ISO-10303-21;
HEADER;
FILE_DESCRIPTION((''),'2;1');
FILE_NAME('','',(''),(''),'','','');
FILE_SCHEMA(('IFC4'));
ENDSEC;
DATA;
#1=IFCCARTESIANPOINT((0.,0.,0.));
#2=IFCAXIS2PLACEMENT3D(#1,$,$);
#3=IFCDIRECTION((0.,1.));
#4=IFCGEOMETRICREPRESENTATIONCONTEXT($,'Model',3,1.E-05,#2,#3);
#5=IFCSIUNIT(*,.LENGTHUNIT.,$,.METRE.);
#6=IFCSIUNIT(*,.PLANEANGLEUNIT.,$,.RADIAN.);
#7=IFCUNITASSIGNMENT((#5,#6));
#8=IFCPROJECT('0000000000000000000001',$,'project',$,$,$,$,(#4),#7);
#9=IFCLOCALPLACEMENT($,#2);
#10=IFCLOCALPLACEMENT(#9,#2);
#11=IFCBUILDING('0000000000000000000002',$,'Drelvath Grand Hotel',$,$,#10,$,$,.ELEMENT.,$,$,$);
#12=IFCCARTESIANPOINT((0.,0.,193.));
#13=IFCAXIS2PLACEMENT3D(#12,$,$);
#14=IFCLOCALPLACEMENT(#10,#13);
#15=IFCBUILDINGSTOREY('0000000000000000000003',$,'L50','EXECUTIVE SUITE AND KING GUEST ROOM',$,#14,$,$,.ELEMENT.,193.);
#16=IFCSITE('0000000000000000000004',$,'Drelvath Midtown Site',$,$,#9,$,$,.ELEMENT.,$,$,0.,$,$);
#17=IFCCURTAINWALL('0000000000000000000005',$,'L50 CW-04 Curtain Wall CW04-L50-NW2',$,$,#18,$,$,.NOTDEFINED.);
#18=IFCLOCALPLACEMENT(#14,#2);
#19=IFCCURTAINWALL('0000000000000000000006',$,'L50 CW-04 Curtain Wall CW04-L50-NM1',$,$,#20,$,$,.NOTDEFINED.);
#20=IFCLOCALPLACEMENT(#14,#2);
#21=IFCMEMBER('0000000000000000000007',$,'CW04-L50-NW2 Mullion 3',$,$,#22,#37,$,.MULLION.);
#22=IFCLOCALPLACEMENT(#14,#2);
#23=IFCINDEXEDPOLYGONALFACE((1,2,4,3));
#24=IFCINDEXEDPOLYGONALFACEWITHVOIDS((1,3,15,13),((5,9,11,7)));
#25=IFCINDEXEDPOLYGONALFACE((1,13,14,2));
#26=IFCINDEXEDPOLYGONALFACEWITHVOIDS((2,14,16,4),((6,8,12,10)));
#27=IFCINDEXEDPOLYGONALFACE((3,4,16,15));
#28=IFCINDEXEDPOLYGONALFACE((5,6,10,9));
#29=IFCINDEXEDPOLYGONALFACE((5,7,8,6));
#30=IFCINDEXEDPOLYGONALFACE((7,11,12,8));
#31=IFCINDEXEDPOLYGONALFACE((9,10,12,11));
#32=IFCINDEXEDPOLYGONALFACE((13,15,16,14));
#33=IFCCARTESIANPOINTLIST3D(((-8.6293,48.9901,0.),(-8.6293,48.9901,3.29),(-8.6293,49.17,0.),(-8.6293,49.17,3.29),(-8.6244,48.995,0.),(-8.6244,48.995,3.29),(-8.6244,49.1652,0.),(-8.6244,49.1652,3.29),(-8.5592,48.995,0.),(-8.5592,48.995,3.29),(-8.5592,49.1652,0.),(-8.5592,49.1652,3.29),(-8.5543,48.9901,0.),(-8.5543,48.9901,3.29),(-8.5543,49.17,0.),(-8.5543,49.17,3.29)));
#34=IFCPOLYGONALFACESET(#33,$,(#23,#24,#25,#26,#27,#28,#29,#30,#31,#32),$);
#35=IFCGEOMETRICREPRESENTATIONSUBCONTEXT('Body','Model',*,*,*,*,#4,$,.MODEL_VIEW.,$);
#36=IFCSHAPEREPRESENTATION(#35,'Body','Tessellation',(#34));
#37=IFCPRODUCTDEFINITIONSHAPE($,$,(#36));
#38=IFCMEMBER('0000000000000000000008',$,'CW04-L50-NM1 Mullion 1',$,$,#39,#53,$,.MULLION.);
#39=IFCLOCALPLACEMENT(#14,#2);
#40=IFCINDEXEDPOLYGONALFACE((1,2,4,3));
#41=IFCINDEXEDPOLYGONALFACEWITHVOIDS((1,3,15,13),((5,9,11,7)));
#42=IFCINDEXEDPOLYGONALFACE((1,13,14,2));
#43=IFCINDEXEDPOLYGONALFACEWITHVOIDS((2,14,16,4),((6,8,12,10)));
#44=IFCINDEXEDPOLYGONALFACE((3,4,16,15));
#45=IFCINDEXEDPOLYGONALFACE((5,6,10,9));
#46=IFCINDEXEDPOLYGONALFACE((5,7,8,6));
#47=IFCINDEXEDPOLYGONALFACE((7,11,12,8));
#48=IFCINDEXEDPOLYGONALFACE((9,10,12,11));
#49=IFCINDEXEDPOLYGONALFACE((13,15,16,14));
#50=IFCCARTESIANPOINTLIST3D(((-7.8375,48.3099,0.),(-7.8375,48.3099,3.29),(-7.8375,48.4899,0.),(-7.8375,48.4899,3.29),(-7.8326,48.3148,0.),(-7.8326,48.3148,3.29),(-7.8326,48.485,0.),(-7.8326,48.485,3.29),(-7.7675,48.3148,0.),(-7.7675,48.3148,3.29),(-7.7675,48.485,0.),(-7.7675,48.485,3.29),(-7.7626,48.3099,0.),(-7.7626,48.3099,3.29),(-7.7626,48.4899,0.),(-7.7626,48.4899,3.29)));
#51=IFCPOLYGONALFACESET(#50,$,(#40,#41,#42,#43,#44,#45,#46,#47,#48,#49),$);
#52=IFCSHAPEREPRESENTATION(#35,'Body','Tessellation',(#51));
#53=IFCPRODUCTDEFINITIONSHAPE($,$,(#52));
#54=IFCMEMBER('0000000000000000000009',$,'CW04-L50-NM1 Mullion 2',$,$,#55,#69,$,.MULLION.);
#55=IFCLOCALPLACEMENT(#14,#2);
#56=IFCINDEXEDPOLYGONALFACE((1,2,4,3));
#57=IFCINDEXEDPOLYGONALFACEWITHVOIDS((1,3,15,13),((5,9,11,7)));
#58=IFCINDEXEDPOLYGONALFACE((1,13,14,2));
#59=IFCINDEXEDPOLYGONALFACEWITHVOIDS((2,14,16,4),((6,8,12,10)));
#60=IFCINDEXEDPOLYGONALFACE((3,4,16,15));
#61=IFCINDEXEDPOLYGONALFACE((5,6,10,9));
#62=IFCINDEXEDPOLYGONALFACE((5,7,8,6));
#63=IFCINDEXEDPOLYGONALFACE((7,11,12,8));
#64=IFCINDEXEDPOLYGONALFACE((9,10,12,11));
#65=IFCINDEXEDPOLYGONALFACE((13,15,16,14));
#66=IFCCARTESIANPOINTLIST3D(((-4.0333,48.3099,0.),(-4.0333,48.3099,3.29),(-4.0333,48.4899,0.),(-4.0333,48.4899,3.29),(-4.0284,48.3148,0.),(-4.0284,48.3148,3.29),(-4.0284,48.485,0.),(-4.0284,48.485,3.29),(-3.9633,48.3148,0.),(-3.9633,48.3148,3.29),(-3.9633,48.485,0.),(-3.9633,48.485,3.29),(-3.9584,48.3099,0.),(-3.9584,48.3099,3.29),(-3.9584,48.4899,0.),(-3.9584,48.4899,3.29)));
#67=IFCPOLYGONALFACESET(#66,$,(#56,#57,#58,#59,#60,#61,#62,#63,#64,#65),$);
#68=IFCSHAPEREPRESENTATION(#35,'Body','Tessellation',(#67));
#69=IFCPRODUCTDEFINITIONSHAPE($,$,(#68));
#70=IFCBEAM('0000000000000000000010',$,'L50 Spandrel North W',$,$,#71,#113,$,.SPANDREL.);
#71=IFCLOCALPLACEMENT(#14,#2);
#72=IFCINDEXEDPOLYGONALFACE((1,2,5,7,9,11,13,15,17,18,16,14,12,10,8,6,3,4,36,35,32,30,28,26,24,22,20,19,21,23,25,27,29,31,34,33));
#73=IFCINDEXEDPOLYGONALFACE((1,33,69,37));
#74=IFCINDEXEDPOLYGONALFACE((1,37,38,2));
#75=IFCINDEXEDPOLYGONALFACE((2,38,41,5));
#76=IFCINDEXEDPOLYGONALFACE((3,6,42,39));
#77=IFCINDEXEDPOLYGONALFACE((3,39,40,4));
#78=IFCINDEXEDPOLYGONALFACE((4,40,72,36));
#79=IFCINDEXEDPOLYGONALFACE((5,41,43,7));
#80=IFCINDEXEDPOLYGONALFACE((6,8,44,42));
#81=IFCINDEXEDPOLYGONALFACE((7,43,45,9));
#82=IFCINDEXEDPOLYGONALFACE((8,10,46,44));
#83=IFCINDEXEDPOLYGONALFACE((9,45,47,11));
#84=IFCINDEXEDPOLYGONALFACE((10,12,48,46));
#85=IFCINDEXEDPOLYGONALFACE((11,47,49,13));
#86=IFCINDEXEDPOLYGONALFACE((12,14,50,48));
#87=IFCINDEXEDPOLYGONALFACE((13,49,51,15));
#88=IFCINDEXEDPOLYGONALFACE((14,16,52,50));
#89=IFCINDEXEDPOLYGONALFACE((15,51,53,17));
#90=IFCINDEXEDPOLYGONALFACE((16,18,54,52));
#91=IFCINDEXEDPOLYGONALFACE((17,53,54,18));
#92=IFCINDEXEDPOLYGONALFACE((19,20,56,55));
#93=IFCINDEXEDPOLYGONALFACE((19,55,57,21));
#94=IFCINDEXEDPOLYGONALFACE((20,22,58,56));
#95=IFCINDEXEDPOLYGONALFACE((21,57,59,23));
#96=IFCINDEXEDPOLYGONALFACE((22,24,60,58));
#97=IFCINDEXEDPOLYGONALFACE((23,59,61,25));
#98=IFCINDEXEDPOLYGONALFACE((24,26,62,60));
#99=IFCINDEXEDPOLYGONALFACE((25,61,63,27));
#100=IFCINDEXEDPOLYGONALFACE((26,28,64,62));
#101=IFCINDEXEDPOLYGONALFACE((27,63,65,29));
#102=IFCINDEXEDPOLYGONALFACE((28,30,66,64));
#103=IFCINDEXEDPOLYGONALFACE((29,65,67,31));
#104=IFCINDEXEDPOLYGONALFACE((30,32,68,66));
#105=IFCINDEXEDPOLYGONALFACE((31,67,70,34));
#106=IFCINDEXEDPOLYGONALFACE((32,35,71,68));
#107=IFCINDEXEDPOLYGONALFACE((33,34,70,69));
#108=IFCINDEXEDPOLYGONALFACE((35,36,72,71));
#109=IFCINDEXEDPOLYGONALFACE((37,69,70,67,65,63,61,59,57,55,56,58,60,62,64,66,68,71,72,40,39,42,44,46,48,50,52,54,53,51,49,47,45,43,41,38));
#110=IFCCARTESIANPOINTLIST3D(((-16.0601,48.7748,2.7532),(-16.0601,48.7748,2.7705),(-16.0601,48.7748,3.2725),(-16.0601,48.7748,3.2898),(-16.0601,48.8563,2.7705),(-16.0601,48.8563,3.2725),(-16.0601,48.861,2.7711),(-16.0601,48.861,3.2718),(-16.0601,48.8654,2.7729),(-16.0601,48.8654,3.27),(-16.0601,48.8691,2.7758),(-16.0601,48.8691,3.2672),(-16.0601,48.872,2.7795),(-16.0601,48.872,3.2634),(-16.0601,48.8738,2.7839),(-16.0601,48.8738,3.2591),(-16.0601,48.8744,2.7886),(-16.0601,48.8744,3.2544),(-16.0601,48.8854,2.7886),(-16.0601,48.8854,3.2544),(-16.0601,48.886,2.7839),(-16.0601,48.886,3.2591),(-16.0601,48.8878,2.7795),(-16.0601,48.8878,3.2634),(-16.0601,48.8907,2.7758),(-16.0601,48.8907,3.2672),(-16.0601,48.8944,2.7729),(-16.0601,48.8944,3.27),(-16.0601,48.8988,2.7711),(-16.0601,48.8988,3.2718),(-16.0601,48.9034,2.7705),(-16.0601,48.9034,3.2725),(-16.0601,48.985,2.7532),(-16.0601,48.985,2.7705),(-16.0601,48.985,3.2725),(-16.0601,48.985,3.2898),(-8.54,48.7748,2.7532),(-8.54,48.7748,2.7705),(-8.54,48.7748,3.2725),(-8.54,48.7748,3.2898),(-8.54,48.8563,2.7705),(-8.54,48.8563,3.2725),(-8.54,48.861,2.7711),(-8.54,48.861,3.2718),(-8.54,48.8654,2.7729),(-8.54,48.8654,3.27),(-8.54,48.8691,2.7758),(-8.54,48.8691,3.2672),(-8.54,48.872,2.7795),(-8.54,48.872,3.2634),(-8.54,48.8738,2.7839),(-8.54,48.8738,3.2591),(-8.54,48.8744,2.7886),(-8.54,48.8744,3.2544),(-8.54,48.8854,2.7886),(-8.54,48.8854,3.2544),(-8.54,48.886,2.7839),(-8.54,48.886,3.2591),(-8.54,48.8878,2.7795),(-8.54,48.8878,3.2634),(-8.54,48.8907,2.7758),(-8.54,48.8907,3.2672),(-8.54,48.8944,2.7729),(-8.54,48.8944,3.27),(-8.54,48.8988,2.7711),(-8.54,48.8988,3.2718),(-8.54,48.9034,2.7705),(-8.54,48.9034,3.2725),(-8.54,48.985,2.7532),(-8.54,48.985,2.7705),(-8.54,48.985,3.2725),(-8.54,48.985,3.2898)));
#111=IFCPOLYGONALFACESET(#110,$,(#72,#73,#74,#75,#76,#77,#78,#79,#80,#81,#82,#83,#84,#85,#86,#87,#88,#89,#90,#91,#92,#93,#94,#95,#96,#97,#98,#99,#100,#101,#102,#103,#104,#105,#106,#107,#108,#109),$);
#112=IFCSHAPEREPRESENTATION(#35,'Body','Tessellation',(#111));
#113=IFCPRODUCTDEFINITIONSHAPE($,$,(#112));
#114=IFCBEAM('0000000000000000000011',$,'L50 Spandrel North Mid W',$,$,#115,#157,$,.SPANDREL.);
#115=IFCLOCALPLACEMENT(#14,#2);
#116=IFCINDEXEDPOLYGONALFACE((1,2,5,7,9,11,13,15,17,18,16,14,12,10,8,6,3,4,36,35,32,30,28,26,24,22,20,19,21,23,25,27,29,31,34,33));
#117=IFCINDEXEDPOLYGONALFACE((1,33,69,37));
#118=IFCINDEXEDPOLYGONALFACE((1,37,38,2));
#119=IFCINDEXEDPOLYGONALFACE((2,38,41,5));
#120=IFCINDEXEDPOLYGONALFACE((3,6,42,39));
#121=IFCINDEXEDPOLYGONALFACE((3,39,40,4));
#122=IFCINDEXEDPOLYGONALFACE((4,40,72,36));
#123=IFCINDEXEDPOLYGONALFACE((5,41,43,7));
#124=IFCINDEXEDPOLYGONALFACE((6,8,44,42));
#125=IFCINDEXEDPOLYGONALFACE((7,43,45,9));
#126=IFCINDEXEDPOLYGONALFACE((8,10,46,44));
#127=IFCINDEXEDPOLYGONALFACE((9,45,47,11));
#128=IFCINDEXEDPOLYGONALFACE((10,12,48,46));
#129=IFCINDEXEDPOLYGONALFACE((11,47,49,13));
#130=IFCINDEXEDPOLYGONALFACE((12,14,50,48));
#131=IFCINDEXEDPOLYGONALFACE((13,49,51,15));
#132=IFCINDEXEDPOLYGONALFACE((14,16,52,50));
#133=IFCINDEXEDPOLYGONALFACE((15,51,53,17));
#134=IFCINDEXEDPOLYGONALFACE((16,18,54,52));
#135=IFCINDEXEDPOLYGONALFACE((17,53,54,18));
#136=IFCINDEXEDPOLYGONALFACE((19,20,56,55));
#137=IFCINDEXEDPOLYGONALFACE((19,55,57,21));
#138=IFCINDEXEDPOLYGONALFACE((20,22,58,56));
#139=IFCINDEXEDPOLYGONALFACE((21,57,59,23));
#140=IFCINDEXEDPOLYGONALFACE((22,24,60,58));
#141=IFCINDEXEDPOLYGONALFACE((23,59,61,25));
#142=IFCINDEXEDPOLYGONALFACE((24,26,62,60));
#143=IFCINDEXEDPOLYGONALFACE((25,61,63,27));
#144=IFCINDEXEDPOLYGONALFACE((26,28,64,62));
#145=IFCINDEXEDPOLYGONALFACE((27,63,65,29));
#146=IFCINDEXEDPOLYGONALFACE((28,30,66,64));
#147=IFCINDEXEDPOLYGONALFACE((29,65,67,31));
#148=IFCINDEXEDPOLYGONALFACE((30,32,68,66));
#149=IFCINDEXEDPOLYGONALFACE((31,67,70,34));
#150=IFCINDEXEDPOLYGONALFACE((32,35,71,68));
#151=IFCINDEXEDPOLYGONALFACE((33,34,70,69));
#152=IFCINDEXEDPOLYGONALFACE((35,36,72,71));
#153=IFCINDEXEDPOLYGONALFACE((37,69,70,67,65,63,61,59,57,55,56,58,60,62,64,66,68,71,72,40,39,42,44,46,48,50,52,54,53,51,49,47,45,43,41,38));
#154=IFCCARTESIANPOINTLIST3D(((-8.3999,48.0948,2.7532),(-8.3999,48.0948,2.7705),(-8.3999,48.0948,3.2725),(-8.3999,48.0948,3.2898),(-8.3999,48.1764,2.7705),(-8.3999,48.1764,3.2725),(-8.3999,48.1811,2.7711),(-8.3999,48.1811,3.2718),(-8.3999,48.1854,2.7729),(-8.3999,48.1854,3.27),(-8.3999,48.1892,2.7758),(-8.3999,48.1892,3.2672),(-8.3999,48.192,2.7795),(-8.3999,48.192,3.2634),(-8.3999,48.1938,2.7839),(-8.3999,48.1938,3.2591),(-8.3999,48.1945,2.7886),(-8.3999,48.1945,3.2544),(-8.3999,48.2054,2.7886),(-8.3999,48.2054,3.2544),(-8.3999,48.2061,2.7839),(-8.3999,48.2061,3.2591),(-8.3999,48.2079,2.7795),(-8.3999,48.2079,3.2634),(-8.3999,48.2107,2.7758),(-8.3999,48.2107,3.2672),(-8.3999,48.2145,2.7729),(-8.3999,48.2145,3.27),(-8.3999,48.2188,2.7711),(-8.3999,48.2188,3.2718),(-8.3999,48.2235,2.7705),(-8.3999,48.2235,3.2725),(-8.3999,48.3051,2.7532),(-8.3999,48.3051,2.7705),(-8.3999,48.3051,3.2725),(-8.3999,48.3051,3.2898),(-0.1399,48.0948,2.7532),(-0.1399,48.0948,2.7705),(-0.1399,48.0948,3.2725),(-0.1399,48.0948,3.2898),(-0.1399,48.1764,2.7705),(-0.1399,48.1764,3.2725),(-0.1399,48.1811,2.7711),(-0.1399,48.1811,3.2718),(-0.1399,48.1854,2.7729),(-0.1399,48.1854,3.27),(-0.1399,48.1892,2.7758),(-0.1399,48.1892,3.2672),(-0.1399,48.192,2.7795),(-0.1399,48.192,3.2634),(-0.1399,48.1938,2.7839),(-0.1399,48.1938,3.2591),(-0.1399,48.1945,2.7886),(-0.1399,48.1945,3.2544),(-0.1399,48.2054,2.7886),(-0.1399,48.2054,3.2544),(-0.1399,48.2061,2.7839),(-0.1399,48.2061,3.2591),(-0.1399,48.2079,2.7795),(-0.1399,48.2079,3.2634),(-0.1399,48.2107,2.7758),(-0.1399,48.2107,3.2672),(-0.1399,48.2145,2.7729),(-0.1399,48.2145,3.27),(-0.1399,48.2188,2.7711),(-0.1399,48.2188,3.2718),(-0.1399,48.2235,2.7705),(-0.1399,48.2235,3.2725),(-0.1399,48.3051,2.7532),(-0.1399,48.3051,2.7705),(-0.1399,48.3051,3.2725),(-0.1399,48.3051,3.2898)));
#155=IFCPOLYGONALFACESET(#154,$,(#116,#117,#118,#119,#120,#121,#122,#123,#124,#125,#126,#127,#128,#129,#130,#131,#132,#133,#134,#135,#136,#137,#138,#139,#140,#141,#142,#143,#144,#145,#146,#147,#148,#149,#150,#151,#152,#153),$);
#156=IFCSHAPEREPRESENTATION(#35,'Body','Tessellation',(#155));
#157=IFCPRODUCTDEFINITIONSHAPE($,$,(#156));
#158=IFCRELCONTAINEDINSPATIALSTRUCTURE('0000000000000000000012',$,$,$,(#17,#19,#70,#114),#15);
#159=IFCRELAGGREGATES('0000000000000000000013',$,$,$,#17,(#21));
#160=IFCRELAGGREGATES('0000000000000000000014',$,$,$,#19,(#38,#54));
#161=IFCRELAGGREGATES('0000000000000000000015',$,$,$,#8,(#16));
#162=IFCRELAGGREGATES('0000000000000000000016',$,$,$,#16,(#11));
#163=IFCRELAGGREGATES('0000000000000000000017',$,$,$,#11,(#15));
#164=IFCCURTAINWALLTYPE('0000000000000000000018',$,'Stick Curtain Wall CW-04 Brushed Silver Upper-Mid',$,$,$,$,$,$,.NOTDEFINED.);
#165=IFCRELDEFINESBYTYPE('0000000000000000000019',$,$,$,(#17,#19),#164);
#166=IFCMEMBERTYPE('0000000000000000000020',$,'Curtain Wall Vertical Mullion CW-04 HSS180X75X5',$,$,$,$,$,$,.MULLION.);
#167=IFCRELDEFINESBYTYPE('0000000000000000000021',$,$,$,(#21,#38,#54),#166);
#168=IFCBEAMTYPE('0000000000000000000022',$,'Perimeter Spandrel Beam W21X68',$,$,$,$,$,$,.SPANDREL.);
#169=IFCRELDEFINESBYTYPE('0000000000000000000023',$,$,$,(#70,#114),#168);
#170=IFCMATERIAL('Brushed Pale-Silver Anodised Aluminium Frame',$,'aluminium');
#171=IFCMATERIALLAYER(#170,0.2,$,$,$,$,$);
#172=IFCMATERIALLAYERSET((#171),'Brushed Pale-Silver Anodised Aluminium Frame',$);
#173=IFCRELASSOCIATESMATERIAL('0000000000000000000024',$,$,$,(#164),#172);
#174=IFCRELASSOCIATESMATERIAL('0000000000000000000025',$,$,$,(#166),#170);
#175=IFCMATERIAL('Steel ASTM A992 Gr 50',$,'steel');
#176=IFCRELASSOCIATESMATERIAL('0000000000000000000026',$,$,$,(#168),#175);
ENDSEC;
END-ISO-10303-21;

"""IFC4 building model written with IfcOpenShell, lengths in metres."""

from ifc_helpers import new_model, si_unit, direction, frame, origin, origin_2d, place, context, subcontext, project, spatial, hollow_rectangle, i_section, extrude, material, layer, layer_set, material_profile, profile_set, type_object, element, aggregate, save


model = new_model("IFC4")

# Units and contexts
model_context = context("Model", 3, precision=1e-05, world=origin(), true_north=direction((0.0, 1.0)))
body_context = subcontext(model_context, "Body", "Model", "MODEL_VIEW")
ifc_project = project(units=[si_unit("LENGTHUNIT", "METRE"), si_unit("PLANEANGLEUNIT", "RADIAN")], contexts=[model_context])

# Site, building, storey
site_placement = place(None, origin())
site = spatial("IfcSite", under=ifc_project, at=site_placement, Name="Drelvath Midtown Site", CompositionType="ELEMENT", RefElevation=0.0)
building_placement = place(site_placement, origin())
building = spatial("IfcBuilding", under=site, at=building_placement, Name="Drelvath Grand Hotel", CompositionType="ELEMENT")
storey_placement = place(building_placement, frame((0.0, 0.0, 193.0)))
storey = spatial("IfcBuildingStorey", under=building, at=storey_placement, Name="L50", Description="EXECUTIVE SUITE AND KING GUEST ROOM", CompositionType="ELEMENT", Elevation=193.0)

# Curtain walls
ifc_material_1 = material(Name="Brushed Pale-Silver Anodised Aluminium Frame", Category="aluminium")
ifc_layer_1 = layer(ifc_material_1, 0.2)
ifc_layer_set_1 = layer_set([ifc_layer_1], Name="Brushed Pale-Silver Anodised Aluminium Frame")
curtain_wall_type = type_object("IfcCurtainWallType", Name="Stick Curtain Wall CW-04 Brushed Silver Upper-Mid", PredefinedType="NOTDEFINED", material=ifc_layer_set_1)
curtain_wall_1_placement = place(storey_placement, origin())
curtain_wall_1 = element("IfcCurtainWall", 1, at=curtain_wall_1_placement, inside=storey, type_object=curtain_wall_type, Name="L50 CW-04 Curtain Wall CW04-L50-NW2", PredefinedType="NOTDEFINED")
curtain_wall_2_placement = place(storey_placement, origin())
curtain_wall_2 = element("IfcCurtainWall", 2, at=curtain_wall_2_placement, inside=storey, type_object=curtain_wall_type, Name="L50 CW-04 Curtain Wall CW04-L50-NM1", PredefinedType="NOTDEFINED")

# Members
ifc_material_profile_1 = material_profile(ifc_material_1, hollow_rectangle(XDim=0.075, YDim=0.1799, WallThickness=0.0049, at=origin_2d()), Name="HSS180X75X5")
ifc_profile_set_1 = profile_set([ifc_material_profile_1], Name="Brushed Pale-Silver Anodised Aluminium Frame")
member_type_1 = type_object("IfcMemberType", Name="Curtain Wall Vertical Mullion CW-04 HSS180X75X5", PredefinedType="MULLION", material=ifc_profile_set_1)
member_1_placement = place(storey_placement, frame((-8.5918, 49.0801, 0.0), z_axis=(0.0, 0.0, 1.0), x_axis=(1.0, 0.0, 0.0)))
member_1 = element("IfcMember", 3, at=member_1_placement, type_object=member_type_1, Name="CW04-L50-NW2 Mullion 3", PredefinedType="MULLION", context=body_context, shape_type="SweptSolid", body=[
    extrude(hollow_rectangle(XDim=0.075, YDim=0.1799, WallThickness=0.0049, at=origin_2d()), origin(), (0.0, 0.0, 1.0), 3.29),
])
member_2_placement = place(storey_placement, frame((-7.8, 48.3999, 0.0), z_axis=(0.0, 0.0, 1.0), x_axis=(1.0, 0.0, 0.0)))
member_2 = element("IfcMember", 4, at=member_2_placement, type_object=member_type_1, Name="CW04-L50-NM1 Mullion 1", PredefinedType="MULLION", context=body_context, shape_type="SweptSolid", body=[
    extrude(hollow_rectangle(XDim=0.075, YDim=0.1799, WallThickness=0.0049, at=origin_2d()), origin(), (0.0, 0.0, 1.0), 3.29),
])
member_3_placement = place(storey_placement, frame((-3.9958, 48.3999, 0.0), z_axis=(0.0, 0.0, 1.0), x_axis=(1.0, 0.0, 0.0)))
member_3 = element("IfcMember", 5, at=member_3_placement, type_object=member_type_1, Name="CW04-L50-NM1 Mullion 2", PredefinedType="MULLION", context=body_context, shape_type="SweptSolid", body=[
    extrude(hollow_rectangle(XDim=0.075, YDim=0.1799, WallThickness=0.0049, at=origin_2d()), origin(), (0.0, 0.0, 1.0), 3.29),
])

# Beams
ifc_material_2 = material(Name="Steel ASTM A992 Gr 50", Category="steel")
ifc_material_profile_2 = material_profile(ifc_material_2, i_section(OverallWidth=0.2102, OverallDepth=0.5366, WebThickness=0.011, FlangeThickness=0.0173, FilletRadius=0.0181, at=origin_2d()), Name="W21X68")
ifc_profile_set_2 = profile_set([ifc_material_profile_2], Name="Steel ASTM A992 Gr 50")
beam_type_1 = type_object("IfcBeamType", Name="Perimeter Spandrel Beam W21X68", PredefinedType="SPANDREL", material=ifc_profile_set_2)
beam_1_placement = place(storey_placement, frame((-16.0601, 48.8799, 3.0215), z_axis=(1.0, 0.0, 0.0), x_axis=(0.0, 1.0, 0.0)))
element("IfcBeam", 6, at=beam_1_placement, inside=storey, type_object=beam_type_1, Name="L50 Spandrel North W", PredefinedType="SPANDREL", context=body_context, shape_type="SweptSolid", body=[
    extrude(i_section(OverallWidth=0.2102, OverallDepth=0.5366, WebThickness=0.011, FlangeThickness=0.0173, FilletRadius=0.0181, at=origin_2d()), origin(), (0.0, 0.0, 1.0), 7.52),
])
beam_2_placement = place(storey_placement, frame((-8.3999, 48.2, 3.0215), z_axis=(1.0, 0.0, 0.0), x_axis=(0.0, 1.0, 0.0)))
element("IfcBeam", 7, at=beam_2_placement, inside=storey, type_object=beam_type_1, Name="L50 Spandrel North Mid W", PredefinedType="SPANDREL", context=body_context, shape_type="SweptSolid", body=[
    extrude(i_section(OverallWidth=0.2102, OverallDepth=0.5366, WebThickness=0.011, FlangeThickness=0.0173, FilletRadius=0.0181, at=origin_2d()), origin(), (0.0, 0.0, 1.0), 8.26),
])

aggregate(curtain_wall_1, [member_1])
aggregate(curtain_wall_2, [member_2, member_3])

save(model, "model.ifc")
